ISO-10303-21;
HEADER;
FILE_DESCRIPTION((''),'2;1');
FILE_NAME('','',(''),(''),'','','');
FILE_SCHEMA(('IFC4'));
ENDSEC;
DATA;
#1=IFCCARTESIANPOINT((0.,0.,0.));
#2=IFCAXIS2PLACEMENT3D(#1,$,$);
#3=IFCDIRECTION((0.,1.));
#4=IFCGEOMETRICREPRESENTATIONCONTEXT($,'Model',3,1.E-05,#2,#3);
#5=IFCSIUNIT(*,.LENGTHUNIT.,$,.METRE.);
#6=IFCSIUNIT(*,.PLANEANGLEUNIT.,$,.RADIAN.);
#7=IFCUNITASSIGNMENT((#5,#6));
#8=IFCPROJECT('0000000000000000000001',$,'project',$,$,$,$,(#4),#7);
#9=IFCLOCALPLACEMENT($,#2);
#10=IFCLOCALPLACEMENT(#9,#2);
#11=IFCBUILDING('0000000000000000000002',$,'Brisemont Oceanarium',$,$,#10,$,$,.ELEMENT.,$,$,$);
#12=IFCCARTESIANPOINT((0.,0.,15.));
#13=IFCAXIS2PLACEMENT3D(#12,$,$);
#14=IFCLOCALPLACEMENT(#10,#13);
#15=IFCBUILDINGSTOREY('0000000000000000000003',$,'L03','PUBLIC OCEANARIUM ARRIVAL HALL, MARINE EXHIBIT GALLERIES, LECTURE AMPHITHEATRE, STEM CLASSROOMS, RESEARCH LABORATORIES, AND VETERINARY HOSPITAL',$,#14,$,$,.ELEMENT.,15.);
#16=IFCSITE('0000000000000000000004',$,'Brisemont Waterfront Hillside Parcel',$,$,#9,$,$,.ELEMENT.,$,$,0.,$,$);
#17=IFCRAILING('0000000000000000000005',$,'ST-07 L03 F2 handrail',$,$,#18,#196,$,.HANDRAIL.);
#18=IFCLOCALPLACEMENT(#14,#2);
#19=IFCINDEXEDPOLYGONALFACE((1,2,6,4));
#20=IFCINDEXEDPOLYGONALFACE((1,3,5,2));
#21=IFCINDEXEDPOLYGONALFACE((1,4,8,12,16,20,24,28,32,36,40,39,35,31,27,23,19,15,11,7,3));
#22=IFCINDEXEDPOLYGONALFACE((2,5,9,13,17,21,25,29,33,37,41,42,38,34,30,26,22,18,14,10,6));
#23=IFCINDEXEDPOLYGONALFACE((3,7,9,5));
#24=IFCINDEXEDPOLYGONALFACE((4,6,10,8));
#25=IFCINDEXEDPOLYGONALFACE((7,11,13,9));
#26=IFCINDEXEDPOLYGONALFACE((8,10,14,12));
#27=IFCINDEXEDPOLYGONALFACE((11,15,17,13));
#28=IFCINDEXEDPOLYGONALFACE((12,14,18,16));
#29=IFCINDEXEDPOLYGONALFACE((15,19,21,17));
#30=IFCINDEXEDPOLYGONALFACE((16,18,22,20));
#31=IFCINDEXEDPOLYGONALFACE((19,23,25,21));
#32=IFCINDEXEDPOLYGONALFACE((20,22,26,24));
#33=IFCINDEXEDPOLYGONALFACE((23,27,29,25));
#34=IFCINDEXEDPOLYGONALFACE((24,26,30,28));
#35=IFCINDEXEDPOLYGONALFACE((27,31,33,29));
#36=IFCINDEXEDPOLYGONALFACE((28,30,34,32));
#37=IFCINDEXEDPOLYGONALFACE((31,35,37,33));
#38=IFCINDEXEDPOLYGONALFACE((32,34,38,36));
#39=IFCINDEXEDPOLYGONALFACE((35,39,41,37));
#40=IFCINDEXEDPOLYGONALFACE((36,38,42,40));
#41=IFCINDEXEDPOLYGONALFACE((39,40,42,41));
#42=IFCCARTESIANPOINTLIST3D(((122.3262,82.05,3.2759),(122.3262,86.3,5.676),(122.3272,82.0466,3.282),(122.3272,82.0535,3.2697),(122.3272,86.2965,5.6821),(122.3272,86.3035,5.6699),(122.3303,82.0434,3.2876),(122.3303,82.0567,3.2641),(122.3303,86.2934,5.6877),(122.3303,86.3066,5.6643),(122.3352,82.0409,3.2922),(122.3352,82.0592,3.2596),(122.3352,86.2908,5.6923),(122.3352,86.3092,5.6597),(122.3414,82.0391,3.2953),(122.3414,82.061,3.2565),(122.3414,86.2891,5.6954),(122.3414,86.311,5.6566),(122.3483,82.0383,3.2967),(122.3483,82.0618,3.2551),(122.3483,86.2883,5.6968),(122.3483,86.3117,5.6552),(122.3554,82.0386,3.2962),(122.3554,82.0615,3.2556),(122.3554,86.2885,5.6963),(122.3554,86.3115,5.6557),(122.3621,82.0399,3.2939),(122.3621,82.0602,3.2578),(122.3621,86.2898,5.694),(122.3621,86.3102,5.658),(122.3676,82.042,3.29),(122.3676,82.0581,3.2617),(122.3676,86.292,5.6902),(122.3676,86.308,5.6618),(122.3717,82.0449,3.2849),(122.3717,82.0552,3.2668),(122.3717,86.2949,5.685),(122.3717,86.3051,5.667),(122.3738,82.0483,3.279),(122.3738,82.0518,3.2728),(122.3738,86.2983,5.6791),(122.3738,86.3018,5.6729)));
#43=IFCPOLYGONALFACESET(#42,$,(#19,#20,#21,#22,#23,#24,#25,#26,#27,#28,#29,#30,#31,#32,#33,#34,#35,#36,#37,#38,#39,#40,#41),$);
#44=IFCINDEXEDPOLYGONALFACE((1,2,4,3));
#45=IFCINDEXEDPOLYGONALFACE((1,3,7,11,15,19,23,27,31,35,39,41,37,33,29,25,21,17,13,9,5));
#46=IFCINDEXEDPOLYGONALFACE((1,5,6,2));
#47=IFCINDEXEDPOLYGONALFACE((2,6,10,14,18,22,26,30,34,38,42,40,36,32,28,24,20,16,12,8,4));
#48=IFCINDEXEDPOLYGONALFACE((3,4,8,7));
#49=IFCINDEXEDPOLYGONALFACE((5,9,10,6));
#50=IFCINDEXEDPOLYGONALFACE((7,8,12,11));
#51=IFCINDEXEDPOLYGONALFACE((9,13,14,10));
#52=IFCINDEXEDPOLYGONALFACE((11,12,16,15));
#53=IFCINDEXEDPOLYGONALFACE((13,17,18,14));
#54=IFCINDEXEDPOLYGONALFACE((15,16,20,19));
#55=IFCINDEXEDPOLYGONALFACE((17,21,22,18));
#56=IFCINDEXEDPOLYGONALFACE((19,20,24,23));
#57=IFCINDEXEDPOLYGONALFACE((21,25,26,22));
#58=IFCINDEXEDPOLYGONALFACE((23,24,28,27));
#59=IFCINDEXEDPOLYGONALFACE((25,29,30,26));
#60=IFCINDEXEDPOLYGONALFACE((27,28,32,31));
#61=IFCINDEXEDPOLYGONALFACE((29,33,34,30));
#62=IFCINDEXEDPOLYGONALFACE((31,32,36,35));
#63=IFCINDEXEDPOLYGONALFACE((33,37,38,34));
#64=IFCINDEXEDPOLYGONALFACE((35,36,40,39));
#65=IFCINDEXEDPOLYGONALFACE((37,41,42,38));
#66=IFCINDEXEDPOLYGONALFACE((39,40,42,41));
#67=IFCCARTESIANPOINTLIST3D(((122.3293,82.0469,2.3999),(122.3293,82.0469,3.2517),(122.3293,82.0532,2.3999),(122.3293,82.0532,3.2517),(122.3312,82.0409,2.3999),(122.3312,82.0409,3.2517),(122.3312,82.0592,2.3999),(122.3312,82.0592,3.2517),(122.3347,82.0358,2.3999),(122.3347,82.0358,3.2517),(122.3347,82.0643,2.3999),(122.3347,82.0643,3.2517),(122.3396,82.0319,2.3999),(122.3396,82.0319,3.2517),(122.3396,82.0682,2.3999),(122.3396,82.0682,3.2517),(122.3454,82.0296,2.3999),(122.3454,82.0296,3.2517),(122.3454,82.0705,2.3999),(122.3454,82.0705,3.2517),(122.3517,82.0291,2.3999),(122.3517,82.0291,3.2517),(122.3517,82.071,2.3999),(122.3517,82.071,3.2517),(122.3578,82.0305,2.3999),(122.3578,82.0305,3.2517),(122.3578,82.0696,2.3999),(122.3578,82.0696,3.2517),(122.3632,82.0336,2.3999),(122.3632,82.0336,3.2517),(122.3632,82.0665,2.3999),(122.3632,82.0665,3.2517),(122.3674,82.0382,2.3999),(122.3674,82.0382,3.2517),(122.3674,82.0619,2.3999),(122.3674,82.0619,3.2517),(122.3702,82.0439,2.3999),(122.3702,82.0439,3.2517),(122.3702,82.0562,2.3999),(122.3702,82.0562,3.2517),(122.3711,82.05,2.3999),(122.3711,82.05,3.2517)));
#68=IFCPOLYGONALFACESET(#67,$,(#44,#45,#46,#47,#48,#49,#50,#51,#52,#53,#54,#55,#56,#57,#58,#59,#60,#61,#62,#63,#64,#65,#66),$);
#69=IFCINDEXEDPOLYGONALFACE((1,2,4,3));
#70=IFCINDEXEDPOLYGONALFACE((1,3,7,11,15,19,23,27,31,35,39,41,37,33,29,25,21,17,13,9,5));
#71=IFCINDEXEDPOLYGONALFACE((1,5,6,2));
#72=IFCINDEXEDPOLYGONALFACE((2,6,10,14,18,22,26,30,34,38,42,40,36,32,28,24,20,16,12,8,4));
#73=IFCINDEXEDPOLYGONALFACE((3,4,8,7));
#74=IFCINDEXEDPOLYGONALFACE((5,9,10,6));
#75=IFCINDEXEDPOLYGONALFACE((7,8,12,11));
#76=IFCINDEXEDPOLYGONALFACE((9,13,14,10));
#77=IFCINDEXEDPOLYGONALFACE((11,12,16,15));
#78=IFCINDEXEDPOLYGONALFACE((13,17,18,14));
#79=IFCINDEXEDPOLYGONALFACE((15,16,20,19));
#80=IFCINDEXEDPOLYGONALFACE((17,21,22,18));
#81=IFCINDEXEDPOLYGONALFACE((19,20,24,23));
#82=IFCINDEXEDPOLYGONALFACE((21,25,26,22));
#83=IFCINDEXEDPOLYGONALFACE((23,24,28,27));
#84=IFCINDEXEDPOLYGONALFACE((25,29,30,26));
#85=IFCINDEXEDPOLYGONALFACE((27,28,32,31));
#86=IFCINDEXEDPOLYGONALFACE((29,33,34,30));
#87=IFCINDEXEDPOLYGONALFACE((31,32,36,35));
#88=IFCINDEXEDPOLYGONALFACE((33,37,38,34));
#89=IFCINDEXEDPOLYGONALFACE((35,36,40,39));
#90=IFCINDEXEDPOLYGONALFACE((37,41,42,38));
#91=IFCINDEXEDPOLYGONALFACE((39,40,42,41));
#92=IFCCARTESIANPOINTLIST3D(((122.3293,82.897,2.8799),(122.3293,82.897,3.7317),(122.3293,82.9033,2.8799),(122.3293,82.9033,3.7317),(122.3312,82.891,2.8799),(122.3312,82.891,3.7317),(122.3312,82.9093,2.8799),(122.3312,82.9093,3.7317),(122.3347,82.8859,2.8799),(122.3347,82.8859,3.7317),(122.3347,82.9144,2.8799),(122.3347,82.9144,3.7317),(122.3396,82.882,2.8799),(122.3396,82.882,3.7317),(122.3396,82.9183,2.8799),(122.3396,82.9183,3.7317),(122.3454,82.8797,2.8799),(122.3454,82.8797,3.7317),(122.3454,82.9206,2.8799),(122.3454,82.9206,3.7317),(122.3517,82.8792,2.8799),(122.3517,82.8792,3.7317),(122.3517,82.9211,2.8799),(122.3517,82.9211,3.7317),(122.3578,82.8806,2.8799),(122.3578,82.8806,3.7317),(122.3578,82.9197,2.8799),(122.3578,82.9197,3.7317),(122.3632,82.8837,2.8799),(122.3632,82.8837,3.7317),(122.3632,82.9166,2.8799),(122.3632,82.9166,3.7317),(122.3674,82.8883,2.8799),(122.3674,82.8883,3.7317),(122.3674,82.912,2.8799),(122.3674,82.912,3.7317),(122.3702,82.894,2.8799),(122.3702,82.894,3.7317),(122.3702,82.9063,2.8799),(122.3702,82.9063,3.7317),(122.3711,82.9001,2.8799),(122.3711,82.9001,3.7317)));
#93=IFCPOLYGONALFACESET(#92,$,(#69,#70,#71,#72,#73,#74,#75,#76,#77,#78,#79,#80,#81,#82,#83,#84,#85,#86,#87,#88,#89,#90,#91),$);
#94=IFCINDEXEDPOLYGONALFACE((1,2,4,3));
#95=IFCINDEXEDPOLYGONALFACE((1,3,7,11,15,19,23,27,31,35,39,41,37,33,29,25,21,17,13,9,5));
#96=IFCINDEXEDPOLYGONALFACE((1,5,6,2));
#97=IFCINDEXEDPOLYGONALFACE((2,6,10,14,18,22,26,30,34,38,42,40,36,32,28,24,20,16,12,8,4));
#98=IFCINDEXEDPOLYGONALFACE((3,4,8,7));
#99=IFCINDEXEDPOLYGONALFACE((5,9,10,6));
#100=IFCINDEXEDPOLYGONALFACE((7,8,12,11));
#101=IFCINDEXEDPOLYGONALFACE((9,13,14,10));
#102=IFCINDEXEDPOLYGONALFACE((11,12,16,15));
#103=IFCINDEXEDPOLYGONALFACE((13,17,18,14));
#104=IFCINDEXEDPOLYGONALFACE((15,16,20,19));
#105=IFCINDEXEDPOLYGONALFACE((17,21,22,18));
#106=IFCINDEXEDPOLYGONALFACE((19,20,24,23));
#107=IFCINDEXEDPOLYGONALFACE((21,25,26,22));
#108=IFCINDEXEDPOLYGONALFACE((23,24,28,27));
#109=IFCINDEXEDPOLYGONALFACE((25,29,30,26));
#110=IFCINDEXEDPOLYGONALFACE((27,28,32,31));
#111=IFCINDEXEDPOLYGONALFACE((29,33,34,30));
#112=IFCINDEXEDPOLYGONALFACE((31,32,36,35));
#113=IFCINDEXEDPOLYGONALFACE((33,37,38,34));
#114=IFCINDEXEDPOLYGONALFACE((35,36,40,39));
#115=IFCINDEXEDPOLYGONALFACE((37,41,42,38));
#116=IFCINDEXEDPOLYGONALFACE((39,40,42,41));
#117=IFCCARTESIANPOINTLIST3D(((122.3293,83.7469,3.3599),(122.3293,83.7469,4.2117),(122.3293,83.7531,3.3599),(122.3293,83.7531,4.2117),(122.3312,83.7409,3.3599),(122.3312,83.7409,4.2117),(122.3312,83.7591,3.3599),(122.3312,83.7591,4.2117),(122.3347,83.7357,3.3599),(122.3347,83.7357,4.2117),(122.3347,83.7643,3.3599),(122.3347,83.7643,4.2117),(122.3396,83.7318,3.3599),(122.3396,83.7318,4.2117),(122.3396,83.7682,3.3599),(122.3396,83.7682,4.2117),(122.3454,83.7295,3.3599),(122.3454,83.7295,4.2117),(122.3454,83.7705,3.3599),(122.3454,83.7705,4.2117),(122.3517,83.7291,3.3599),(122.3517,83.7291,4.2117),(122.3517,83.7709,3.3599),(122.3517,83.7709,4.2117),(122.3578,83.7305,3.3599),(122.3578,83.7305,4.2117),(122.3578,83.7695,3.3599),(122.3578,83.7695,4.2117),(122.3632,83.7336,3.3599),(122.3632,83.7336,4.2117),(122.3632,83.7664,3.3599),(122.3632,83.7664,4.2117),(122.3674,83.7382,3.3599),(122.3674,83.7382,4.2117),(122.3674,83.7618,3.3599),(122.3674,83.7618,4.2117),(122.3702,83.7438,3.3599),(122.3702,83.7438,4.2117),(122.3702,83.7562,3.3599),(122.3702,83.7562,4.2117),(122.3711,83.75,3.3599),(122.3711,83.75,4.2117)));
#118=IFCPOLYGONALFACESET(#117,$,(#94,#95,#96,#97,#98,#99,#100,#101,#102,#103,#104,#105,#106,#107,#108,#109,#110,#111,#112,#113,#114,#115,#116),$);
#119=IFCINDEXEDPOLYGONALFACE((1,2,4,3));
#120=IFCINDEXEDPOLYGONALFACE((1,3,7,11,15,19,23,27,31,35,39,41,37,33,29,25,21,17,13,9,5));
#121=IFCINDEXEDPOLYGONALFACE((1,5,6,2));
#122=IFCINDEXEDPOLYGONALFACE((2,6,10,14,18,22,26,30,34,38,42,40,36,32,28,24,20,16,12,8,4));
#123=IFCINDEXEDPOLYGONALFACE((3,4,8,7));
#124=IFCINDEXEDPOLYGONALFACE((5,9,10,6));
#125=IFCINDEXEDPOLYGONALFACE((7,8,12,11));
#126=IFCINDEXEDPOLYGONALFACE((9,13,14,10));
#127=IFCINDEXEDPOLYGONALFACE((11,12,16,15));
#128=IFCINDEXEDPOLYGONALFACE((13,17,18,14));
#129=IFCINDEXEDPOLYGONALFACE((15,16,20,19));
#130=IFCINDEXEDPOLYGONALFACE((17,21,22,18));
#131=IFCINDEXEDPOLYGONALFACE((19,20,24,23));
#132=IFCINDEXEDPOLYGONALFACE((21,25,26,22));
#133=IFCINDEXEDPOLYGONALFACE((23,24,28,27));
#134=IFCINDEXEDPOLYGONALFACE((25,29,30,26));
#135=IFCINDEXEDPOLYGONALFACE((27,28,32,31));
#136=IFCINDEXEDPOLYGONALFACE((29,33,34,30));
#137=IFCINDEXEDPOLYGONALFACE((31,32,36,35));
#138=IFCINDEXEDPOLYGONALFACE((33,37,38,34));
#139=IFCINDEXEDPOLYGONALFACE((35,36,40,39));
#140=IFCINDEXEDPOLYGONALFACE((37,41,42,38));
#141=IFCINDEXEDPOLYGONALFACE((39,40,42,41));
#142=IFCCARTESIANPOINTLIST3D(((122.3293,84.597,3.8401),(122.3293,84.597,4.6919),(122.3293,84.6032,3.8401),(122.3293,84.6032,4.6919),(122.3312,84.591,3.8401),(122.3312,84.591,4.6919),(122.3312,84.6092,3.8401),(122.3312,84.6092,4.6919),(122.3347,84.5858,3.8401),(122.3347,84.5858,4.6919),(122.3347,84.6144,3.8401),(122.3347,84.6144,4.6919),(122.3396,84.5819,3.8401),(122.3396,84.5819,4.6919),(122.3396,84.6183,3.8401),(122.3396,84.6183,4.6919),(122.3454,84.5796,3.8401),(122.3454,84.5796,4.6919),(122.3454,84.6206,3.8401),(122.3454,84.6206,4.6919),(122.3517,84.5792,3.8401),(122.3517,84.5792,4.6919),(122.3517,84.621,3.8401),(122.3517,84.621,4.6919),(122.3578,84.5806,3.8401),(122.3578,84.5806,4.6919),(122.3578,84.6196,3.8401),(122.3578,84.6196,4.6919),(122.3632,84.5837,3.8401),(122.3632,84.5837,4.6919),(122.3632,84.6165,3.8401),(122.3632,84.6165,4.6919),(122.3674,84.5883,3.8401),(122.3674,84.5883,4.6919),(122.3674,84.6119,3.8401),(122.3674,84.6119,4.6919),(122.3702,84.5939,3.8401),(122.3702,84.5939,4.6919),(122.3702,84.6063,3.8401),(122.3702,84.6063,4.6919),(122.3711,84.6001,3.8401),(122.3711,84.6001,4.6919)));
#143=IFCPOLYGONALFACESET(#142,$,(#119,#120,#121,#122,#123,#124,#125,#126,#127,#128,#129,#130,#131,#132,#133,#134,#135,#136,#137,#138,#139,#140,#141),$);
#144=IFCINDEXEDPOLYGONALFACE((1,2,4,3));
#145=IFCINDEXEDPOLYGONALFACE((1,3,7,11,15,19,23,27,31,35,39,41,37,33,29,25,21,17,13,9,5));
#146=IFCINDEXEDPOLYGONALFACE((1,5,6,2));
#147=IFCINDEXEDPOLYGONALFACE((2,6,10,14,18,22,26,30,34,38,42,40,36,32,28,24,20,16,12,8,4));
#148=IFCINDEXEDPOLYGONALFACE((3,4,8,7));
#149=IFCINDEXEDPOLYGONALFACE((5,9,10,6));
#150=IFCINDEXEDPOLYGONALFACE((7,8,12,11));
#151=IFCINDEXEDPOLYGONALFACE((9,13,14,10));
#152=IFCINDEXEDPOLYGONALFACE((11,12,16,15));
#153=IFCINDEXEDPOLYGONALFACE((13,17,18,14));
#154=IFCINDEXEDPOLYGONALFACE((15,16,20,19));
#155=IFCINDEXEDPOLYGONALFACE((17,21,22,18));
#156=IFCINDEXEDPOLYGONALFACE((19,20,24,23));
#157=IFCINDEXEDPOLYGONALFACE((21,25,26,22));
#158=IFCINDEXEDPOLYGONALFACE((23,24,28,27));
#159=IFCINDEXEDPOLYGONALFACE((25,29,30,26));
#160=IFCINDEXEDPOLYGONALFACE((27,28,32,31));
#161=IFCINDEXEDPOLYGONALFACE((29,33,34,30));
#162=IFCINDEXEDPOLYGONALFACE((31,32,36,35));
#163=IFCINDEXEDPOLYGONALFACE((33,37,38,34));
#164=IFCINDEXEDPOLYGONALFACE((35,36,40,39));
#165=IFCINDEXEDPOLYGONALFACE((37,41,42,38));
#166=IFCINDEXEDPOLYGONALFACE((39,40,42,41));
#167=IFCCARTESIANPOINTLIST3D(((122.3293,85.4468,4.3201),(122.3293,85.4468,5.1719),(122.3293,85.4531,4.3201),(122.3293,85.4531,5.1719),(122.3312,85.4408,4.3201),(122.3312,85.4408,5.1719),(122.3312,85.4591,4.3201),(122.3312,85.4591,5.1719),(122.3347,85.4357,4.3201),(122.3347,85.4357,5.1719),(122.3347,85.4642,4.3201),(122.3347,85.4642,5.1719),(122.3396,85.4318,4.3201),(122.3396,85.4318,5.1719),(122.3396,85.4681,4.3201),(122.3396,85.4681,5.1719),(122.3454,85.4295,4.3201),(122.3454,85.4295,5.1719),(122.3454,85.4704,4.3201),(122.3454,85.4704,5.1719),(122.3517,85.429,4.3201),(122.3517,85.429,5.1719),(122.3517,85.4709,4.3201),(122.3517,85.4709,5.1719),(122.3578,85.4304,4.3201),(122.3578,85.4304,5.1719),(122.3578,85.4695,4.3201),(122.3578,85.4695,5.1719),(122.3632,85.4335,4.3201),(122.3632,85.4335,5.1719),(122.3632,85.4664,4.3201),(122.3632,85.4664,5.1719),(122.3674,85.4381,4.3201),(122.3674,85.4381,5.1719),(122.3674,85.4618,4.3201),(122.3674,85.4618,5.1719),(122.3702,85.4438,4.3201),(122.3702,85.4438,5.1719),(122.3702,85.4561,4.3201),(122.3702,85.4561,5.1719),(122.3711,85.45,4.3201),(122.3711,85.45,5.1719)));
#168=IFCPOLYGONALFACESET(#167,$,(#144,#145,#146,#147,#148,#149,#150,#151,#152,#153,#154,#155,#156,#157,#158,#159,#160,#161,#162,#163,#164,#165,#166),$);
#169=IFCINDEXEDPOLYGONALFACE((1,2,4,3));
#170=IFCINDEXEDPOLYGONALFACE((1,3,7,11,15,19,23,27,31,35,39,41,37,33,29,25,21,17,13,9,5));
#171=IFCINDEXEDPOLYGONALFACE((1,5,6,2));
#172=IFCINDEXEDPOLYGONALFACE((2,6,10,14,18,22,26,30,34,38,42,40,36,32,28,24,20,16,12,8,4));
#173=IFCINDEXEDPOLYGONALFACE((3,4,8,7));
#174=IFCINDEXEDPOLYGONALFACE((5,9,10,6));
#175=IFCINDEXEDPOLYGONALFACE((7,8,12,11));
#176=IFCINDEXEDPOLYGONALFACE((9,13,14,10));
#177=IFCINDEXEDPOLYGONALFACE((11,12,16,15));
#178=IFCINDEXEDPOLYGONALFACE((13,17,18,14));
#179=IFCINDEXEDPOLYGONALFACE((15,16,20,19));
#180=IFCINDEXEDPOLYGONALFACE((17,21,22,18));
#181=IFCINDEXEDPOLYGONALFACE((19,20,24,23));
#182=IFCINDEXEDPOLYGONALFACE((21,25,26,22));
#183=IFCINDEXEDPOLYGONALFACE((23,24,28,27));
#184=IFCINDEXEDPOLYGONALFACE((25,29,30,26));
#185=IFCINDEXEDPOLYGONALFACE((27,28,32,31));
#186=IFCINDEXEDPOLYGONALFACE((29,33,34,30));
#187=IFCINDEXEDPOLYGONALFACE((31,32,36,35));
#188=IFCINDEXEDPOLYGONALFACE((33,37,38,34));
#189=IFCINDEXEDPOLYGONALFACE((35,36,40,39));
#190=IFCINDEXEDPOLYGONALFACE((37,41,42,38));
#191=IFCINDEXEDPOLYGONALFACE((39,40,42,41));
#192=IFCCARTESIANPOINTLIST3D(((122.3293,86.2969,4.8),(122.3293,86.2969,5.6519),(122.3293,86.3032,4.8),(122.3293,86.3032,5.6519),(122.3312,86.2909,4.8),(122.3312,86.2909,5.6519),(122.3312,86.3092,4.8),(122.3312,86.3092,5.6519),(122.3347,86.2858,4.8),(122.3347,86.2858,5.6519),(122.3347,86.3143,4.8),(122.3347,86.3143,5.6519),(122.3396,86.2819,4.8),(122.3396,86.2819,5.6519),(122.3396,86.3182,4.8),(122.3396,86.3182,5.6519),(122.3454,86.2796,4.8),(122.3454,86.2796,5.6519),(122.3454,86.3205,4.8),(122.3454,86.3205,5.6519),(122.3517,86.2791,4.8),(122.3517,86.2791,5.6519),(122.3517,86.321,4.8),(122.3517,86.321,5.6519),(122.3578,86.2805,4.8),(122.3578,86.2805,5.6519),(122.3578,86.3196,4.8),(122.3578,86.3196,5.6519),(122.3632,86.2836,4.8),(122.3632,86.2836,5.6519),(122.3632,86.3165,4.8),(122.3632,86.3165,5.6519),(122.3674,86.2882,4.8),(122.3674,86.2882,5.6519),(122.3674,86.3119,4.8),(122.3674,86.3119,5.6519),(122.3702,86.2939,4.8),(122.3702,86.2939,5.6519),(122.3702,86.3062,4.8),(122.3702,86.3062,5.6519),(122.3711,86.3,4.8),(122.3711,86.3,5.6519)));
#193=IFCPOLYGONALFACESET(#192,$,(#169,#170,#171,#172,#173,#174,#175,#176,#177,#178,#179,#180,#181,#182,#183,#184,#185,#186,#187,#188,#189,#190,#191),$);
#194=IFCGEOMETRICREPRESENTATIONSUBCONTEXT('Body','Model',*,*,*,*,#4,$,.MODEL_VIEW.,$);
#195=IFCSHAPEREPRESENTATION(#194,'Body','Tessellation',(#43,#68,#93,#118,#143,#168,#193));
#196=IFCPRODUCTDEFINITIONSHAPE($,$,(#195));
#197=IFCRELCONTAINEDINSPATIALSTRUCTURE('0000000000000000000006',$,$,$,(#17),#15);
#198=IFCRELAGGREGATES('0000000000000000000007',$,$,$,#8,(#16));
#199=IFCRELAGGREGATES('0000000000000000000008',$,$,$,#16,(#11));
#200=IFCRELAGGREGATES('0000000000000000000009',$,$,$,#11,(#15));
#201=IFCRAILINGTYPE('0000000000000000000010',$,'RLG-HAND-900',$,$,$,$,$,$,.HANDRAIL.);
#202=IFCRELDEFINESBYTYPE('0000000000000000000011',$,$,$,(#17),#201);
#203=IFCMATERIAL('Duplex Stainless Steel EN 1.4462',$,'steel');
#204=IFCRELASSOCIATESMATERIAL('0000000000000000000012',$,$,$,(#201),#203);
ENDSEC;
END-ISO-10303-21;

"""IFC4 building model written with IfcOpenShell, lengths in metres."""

from ifc_helpers import new_model, si_unit, direction, frame, origin, origin_2d, place, context, subcontext, project, spatial, circle, extrude, material, type_object, element, save


model = new_model("IFC4")

# Units and contexts
model_context = context("Model", 3, precision=1e-05, world=origin(), true_north=direction((0.0, 1.0)))
body_context = subcontext(model_context, "Body", "Model", "MODEL_VIEW")
ifc_project = project(units=[si_unit("LENGTHUNIT", "METRE"), si_unit("PLANEANGLEUNIT", "RADIAN")], contexts=[model_context])

# Site, building, storey
site_placement = place(None, origin())
site = spatial("IfcSite", under=ifc_project, at=site_placement, Name="Brisemont Waterfront Hillside Parcel", CompositionType="ELEMENT", RefElevation=0.0)
building_placement = place(site_placement, origin())
building = spatial("IfcBuilding", under=site, at=building_placement, Name="Brisemont Oceanarium", CompositionType="ELEMENT")
storey_placement = place(building_placement, frame((0.0, 0.0, 15.0)))
storey = spatial("IfcBuildingStorey", under=building, at=storey_placement, Name="L03", Description="PUBLIC OCEANARIUM ARRIVAL HALL, MARINE EXHIBIT GALLERIES, LECTURE AMPHITHEATRE, STEM CLASSROOMS, RESEARCH LABORATORIES, AND VETERINARY HOSPITAL", CompositionType="ELEMENT", Elevation=15.0)

# Railing
ifc_material_1 = material(Name="Duplex Stainless Steel EN 1.4462", Category="steel")
railing_type_1 = type_object("IfcRailingType", Name="RLG-HAND-900", PredefinedType="HANDRAIL", material=ifc_material_1)
railing_1_placement = place(storey_placement, frame((122.3501, 82.05, 2.3999)))
element("IfcRailing", 1, at=railing_1_placement, inside=storey, type_object=railing_type_1, Name="ST-07 L03 F2 handrail", PredefinedType="HANDRAIL", context=body_context, shape_type="SweptSolid", body=[
    extrude(circle(Radius=0.0239, at=origin_2d()), frame((0.0, 0.0, 0.876), z_axis=(0.0, 0.870741, 0.491742), x_axis=(-1.0, 0.0, 0.0)), (0.0, 0.0, 1.0), 4.8809),
    extrude(circle(Radius=0.021, at=origin_2d()), origin(), (0.0, 0.0, 1.0), 0.8518),
    extrude(circle(Radius=0.021, at=origin_2d()), frame((0.0, 0.8501, 0.48)), (0.0, 0.0, 1.0), 0.8518),
    extrude(circle(Radius=0.021, at=origin_2d()), frame((0.0, 1.7, 0.96)), (0.0, 0.0, 1.0), 0.8518),
    extrude(circle(Radius=0.021, at=origin_2d()), frame((0.0, 2.55, 1.4402)), (0.0, 0.0, 1.0), 0.8518),
    extrude(circle(Radius=0.021, at=origin_2d()), frame((0.0, 3.3999, 1.9202)), (0.0, 0.0, 1.0), 0.8518),
    extrude(circle(Radius=0.021, at=origin_2d()), frame((0.0, 4.25, 2.4001)), (0.0, 0.0, 1.0), 0.8518),
])

save(model, "model.ifc")
